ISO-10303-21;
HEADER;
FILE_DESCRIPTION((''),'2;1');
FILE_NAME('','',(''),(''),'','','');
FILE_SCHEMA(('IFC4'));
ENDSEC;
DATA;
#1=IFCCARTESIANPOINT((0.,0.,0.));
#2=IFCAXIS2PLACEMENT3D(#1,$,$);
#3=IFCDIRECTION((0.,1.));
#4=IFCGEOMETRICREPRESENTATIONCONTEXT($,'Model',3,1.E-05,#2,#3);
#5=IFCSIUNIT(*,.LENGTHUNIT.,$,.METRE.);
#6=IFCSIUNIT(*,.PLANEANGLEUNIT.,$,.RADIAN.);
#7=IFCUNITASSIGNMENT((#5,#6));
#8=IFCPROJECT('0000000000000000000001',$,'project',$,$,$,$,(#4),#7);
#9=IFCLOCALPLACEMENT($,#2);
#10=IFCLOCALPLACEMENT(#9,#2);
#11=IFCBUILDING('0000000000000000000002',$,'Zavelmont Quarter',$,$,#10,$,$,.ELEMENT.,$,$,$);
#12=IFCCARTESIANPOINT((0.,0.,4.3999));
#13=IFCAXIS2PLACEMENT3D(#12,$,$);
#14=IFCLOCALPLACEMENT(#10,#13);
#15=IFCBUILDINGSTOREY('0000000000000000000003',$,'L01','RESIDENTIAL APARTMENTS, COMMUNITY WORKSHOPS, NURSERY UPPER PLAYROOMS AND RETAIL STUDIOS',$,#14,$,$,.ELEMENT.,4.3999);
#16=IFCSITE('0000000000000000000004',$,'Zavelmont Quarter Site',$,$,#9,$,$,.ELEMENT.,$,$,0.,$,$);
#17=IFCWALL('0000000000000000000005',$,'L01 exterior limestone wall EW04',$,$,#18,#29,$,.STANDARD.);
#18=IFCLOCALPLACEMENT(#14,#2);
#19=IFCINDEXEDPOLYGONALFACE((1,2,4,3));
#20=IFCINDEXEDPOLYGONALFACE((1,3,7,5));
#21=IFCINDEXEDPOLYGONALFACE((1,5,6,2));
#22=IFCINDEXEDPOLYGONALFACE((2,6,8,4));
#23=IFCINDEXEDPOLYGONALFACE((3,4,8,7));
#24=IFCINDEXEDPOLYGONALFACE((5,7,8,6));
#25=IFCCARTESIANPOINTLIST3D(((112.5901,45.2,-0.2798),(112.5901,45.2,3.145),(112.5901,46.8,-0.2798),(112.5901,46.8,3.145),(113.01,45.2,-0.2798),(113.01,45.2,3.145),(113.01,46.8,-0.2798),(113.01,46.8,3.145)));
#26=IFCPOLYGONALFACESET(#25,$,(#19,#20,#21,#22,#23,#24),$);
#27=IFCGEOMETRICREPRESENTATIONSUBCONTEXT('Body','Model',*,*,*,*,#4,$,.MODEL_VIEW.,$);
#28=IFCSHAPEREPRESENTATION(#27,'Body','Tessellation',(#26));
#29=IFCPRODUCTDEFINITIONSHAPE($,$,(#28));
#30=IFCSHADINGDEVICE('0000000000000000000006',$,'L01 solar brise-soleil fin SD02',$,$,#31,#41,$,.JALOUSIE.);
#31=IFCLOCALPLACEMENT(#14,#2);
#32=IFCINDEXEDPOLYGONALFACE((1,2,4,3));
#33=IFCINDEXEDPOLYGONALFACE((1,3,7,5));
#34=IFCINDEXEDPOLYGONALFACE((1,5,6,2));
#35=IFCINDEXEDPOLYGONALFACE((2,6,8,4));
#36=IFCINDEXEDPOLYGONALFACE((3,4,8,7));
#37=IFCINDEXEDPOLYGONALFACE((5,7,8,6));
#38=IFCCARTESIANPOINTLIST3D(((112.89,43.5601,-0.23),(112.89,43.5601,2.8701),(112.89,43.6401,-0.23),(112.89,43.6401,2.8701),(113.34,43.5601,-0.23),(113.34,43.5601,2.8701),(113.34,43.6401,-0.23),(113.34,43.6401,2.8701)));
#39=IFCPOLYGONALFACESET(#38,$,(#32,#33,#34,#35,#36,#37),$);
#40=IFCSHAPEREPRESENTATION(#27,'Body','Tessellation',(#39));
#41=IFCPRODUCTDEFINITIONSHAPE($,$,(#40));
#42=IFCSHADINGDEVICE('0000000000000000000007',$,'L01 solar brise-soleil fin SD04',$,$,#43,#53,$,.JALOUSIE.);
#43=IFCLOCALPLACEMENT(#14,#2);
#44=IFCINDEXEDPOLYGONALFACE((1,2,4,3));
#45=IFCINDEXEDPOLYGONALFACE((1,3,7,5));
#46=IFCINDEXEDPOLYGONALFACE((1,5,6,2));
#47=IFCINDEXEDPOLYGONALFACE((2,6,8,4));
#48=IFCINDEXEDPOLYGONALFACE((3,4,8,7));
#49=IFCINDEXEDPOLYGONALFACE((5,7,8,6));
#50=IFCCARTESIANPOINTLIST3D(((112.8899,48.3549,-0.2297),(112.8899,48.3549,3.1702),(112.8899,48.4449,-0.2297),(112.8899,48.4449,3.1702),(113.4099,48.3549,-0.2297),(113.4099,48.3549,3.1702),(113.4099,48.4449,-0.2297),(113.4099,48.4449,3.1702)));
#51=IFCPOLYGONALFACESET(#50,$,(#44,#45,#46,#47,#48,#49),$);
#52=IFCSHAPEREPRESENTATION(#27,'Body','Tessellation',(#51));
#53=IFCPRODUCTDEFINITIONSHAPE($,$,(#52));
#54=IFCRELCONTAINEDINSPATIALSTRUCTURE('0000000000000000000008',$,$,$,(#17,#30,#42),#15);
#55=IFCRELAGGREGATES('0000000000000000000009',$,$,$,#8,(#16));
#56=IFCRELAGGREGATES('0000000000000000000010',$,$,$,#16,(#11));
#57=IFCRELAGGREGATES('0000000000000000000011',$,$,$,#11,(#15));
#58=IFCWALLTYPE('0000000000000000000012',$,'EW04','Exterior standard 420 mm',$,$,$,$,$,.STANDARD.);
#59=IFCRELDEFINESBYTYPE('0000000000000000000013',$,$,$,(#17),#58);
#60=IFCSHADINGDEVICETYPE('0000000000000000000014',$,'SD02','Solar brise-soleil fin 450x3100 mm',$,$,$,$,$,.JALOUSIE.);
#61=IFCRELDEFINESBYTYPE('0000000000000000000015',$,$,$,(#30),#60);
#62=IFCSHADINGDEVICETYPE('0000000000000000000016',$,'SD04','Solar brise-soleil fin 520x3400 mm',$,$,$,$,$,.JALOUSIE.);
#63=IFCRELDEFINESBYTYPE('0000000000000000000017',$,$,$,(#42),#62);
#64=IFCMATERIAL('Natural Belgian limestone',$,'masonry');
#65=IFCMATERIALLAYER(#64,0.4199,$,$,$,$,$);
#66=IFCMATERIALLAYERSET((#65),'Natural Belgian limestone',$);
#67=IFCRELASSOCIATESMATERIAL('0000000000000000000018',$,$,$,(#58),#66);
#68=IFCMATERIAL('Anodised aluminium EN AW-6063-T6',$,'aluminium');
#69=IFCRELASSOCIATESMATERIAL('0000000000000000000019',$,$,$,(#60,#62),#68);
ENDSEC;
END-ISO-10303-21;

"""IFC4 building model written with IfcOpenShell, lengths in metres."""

from ifc_helpers import new_model, si_unit, direction, frame, frame_2d, origin, origin_2d, place, context, subcontext, project, spatial, rectangle, extrude, material, layer, layer_set, type_object, element, save


model = new_model("IFC4")

# Units and contexts
model_context = context("Model", 3, precision=1e-05, world=origin(), true_north=direction((0.0, 1.0)))
body_context = subcontext(model_context, "Body", "Model", "MODEL_VIEW")
ifc_project = project(units=[si_unit("LENGTHUNIT", "METRE"), si_unit("PLANEANGLEUNIT", "RADIAN")], contexts=[model_context])

# Site, building, storey
site_placement = place(None, origin())
site = spatial("IfcSite", under=ifc_project, at=site_placement, Name="Zavelmont Quarter Site", CompositionType="ELEMENT", RefElevation=0.0)
building_placement = place(site_placement, origin())
building = spatial("IfcBuilding", under=site, at=building_placement, Name="Zavelmont Quarter", CompositionType="ELEMENT")
storey_placement = place(building_placement, frame((0.0, 0.0, 4.3999)))
storey = spatial("IfcBuildingStorey", under=building, at=storey_placement, Name="L01", Description="RESIDENTIAL APARTMENTS, COMMUNITY WORKSHOPS, NURSERY UPPER PLAYROOMS AND RETAIL STUDIOS", CompositionType="ELEMENT", Elevation=4.3999)

# Wall
ifc_material_1 = material(Name="Natural Belgian limestone", Category="masonry")
ifc_layer_1 = layer(ifc_material_1, 0.4199)
ifc_layer_set_1 = layer_set([ifc_layer_1], Name="Natural Belgian limestone")
wall_type = type_object("IfcWallType", Name="EW04", Description="Exterior standard 420 mm", PredefinedType="STANDARD", material=ifc_layer_set_1)
wall_placement = place(storey_placement, frame((112.8, 45.2, -0.2798), z_axis=(0.0, 0.0, 1.0), x_axis=(0.0, 1.0, 0.0)))
element("IfcWall", 1, at=wall_placement, inside=storey, type_object=wall_type, Name="L01 exterior limestone wall EW04", PredefinedType="STANDARD", context=body_context, shape_type="SweptSolid", body=[
    extrude(rectangle(XDim=1.6001, YDim=0.4199, at=frame_2d((0.8, 0.0))), origin(), (0.0, 0.0, 1.0), 3.4248),
])

# Shading devices
ifc_material_2 = material(Name="Anodised aluminium EN AW-6063-T6", Category="aluminium")
shading_device_type_1 = type_object("IfcShadingDeviceType", Name="SD02", Description="Solar brise-soleil fin 450x3100 mm", PredefinedType="JALOUSIE", material=ifc_material_2)
shading_device_1_placement = place(storey_placement, frame((113.115, 43.6001, -0.23), z_axis=(0.0, 0.0, 1.0), x_axis=(0.0, 1.0, 0.0)))
element("IfcShadingDevice", 2, at=shading_device_1_placement, inside=storey, type_object=shading_device_type_1, Name="L01 solar brise-soleil fin SD02", PredefinedType="JALOUSIE", context=body_context, shape_type="SweptSolid", body=[
    extrude(rectangle(XDim=0.0801, YDim=0.45, at=origin_2d()), origin(), (0.0, 0.0, 1.0), 3.1001),
])
shading_device_type_2 = type_object("IfcShadingDeviceType", Name="SD04", Description="Solar brise-soleil fin 520x3400 mm", PredefinedType="JALOUSIE", material=ifc_material_2)
shading_device_2_placement = place(storey_placement, frame((113.1499, 48.3999, -0.2297), z_axis=(0.0, 0.0, 1.0), x_axis=(0.0, 1.0, 0.0)))
element("IfcShadingDevice", 3, at=shading_device_2_placement, inside=storey, type_object=shading_device_type_2, Name="L01 solar brise-soleil fin SD04", PredefinedType="JALOUSIE", context=body_context, shape_type="SweptSolid", body=[
    extrude(rectangle(XDim=0.0901, YDim=0.52, at=origin_2d()), origin(), (0.0, 0.0, 1.0), 3.3999),
])

save(model, "model.ifc")
